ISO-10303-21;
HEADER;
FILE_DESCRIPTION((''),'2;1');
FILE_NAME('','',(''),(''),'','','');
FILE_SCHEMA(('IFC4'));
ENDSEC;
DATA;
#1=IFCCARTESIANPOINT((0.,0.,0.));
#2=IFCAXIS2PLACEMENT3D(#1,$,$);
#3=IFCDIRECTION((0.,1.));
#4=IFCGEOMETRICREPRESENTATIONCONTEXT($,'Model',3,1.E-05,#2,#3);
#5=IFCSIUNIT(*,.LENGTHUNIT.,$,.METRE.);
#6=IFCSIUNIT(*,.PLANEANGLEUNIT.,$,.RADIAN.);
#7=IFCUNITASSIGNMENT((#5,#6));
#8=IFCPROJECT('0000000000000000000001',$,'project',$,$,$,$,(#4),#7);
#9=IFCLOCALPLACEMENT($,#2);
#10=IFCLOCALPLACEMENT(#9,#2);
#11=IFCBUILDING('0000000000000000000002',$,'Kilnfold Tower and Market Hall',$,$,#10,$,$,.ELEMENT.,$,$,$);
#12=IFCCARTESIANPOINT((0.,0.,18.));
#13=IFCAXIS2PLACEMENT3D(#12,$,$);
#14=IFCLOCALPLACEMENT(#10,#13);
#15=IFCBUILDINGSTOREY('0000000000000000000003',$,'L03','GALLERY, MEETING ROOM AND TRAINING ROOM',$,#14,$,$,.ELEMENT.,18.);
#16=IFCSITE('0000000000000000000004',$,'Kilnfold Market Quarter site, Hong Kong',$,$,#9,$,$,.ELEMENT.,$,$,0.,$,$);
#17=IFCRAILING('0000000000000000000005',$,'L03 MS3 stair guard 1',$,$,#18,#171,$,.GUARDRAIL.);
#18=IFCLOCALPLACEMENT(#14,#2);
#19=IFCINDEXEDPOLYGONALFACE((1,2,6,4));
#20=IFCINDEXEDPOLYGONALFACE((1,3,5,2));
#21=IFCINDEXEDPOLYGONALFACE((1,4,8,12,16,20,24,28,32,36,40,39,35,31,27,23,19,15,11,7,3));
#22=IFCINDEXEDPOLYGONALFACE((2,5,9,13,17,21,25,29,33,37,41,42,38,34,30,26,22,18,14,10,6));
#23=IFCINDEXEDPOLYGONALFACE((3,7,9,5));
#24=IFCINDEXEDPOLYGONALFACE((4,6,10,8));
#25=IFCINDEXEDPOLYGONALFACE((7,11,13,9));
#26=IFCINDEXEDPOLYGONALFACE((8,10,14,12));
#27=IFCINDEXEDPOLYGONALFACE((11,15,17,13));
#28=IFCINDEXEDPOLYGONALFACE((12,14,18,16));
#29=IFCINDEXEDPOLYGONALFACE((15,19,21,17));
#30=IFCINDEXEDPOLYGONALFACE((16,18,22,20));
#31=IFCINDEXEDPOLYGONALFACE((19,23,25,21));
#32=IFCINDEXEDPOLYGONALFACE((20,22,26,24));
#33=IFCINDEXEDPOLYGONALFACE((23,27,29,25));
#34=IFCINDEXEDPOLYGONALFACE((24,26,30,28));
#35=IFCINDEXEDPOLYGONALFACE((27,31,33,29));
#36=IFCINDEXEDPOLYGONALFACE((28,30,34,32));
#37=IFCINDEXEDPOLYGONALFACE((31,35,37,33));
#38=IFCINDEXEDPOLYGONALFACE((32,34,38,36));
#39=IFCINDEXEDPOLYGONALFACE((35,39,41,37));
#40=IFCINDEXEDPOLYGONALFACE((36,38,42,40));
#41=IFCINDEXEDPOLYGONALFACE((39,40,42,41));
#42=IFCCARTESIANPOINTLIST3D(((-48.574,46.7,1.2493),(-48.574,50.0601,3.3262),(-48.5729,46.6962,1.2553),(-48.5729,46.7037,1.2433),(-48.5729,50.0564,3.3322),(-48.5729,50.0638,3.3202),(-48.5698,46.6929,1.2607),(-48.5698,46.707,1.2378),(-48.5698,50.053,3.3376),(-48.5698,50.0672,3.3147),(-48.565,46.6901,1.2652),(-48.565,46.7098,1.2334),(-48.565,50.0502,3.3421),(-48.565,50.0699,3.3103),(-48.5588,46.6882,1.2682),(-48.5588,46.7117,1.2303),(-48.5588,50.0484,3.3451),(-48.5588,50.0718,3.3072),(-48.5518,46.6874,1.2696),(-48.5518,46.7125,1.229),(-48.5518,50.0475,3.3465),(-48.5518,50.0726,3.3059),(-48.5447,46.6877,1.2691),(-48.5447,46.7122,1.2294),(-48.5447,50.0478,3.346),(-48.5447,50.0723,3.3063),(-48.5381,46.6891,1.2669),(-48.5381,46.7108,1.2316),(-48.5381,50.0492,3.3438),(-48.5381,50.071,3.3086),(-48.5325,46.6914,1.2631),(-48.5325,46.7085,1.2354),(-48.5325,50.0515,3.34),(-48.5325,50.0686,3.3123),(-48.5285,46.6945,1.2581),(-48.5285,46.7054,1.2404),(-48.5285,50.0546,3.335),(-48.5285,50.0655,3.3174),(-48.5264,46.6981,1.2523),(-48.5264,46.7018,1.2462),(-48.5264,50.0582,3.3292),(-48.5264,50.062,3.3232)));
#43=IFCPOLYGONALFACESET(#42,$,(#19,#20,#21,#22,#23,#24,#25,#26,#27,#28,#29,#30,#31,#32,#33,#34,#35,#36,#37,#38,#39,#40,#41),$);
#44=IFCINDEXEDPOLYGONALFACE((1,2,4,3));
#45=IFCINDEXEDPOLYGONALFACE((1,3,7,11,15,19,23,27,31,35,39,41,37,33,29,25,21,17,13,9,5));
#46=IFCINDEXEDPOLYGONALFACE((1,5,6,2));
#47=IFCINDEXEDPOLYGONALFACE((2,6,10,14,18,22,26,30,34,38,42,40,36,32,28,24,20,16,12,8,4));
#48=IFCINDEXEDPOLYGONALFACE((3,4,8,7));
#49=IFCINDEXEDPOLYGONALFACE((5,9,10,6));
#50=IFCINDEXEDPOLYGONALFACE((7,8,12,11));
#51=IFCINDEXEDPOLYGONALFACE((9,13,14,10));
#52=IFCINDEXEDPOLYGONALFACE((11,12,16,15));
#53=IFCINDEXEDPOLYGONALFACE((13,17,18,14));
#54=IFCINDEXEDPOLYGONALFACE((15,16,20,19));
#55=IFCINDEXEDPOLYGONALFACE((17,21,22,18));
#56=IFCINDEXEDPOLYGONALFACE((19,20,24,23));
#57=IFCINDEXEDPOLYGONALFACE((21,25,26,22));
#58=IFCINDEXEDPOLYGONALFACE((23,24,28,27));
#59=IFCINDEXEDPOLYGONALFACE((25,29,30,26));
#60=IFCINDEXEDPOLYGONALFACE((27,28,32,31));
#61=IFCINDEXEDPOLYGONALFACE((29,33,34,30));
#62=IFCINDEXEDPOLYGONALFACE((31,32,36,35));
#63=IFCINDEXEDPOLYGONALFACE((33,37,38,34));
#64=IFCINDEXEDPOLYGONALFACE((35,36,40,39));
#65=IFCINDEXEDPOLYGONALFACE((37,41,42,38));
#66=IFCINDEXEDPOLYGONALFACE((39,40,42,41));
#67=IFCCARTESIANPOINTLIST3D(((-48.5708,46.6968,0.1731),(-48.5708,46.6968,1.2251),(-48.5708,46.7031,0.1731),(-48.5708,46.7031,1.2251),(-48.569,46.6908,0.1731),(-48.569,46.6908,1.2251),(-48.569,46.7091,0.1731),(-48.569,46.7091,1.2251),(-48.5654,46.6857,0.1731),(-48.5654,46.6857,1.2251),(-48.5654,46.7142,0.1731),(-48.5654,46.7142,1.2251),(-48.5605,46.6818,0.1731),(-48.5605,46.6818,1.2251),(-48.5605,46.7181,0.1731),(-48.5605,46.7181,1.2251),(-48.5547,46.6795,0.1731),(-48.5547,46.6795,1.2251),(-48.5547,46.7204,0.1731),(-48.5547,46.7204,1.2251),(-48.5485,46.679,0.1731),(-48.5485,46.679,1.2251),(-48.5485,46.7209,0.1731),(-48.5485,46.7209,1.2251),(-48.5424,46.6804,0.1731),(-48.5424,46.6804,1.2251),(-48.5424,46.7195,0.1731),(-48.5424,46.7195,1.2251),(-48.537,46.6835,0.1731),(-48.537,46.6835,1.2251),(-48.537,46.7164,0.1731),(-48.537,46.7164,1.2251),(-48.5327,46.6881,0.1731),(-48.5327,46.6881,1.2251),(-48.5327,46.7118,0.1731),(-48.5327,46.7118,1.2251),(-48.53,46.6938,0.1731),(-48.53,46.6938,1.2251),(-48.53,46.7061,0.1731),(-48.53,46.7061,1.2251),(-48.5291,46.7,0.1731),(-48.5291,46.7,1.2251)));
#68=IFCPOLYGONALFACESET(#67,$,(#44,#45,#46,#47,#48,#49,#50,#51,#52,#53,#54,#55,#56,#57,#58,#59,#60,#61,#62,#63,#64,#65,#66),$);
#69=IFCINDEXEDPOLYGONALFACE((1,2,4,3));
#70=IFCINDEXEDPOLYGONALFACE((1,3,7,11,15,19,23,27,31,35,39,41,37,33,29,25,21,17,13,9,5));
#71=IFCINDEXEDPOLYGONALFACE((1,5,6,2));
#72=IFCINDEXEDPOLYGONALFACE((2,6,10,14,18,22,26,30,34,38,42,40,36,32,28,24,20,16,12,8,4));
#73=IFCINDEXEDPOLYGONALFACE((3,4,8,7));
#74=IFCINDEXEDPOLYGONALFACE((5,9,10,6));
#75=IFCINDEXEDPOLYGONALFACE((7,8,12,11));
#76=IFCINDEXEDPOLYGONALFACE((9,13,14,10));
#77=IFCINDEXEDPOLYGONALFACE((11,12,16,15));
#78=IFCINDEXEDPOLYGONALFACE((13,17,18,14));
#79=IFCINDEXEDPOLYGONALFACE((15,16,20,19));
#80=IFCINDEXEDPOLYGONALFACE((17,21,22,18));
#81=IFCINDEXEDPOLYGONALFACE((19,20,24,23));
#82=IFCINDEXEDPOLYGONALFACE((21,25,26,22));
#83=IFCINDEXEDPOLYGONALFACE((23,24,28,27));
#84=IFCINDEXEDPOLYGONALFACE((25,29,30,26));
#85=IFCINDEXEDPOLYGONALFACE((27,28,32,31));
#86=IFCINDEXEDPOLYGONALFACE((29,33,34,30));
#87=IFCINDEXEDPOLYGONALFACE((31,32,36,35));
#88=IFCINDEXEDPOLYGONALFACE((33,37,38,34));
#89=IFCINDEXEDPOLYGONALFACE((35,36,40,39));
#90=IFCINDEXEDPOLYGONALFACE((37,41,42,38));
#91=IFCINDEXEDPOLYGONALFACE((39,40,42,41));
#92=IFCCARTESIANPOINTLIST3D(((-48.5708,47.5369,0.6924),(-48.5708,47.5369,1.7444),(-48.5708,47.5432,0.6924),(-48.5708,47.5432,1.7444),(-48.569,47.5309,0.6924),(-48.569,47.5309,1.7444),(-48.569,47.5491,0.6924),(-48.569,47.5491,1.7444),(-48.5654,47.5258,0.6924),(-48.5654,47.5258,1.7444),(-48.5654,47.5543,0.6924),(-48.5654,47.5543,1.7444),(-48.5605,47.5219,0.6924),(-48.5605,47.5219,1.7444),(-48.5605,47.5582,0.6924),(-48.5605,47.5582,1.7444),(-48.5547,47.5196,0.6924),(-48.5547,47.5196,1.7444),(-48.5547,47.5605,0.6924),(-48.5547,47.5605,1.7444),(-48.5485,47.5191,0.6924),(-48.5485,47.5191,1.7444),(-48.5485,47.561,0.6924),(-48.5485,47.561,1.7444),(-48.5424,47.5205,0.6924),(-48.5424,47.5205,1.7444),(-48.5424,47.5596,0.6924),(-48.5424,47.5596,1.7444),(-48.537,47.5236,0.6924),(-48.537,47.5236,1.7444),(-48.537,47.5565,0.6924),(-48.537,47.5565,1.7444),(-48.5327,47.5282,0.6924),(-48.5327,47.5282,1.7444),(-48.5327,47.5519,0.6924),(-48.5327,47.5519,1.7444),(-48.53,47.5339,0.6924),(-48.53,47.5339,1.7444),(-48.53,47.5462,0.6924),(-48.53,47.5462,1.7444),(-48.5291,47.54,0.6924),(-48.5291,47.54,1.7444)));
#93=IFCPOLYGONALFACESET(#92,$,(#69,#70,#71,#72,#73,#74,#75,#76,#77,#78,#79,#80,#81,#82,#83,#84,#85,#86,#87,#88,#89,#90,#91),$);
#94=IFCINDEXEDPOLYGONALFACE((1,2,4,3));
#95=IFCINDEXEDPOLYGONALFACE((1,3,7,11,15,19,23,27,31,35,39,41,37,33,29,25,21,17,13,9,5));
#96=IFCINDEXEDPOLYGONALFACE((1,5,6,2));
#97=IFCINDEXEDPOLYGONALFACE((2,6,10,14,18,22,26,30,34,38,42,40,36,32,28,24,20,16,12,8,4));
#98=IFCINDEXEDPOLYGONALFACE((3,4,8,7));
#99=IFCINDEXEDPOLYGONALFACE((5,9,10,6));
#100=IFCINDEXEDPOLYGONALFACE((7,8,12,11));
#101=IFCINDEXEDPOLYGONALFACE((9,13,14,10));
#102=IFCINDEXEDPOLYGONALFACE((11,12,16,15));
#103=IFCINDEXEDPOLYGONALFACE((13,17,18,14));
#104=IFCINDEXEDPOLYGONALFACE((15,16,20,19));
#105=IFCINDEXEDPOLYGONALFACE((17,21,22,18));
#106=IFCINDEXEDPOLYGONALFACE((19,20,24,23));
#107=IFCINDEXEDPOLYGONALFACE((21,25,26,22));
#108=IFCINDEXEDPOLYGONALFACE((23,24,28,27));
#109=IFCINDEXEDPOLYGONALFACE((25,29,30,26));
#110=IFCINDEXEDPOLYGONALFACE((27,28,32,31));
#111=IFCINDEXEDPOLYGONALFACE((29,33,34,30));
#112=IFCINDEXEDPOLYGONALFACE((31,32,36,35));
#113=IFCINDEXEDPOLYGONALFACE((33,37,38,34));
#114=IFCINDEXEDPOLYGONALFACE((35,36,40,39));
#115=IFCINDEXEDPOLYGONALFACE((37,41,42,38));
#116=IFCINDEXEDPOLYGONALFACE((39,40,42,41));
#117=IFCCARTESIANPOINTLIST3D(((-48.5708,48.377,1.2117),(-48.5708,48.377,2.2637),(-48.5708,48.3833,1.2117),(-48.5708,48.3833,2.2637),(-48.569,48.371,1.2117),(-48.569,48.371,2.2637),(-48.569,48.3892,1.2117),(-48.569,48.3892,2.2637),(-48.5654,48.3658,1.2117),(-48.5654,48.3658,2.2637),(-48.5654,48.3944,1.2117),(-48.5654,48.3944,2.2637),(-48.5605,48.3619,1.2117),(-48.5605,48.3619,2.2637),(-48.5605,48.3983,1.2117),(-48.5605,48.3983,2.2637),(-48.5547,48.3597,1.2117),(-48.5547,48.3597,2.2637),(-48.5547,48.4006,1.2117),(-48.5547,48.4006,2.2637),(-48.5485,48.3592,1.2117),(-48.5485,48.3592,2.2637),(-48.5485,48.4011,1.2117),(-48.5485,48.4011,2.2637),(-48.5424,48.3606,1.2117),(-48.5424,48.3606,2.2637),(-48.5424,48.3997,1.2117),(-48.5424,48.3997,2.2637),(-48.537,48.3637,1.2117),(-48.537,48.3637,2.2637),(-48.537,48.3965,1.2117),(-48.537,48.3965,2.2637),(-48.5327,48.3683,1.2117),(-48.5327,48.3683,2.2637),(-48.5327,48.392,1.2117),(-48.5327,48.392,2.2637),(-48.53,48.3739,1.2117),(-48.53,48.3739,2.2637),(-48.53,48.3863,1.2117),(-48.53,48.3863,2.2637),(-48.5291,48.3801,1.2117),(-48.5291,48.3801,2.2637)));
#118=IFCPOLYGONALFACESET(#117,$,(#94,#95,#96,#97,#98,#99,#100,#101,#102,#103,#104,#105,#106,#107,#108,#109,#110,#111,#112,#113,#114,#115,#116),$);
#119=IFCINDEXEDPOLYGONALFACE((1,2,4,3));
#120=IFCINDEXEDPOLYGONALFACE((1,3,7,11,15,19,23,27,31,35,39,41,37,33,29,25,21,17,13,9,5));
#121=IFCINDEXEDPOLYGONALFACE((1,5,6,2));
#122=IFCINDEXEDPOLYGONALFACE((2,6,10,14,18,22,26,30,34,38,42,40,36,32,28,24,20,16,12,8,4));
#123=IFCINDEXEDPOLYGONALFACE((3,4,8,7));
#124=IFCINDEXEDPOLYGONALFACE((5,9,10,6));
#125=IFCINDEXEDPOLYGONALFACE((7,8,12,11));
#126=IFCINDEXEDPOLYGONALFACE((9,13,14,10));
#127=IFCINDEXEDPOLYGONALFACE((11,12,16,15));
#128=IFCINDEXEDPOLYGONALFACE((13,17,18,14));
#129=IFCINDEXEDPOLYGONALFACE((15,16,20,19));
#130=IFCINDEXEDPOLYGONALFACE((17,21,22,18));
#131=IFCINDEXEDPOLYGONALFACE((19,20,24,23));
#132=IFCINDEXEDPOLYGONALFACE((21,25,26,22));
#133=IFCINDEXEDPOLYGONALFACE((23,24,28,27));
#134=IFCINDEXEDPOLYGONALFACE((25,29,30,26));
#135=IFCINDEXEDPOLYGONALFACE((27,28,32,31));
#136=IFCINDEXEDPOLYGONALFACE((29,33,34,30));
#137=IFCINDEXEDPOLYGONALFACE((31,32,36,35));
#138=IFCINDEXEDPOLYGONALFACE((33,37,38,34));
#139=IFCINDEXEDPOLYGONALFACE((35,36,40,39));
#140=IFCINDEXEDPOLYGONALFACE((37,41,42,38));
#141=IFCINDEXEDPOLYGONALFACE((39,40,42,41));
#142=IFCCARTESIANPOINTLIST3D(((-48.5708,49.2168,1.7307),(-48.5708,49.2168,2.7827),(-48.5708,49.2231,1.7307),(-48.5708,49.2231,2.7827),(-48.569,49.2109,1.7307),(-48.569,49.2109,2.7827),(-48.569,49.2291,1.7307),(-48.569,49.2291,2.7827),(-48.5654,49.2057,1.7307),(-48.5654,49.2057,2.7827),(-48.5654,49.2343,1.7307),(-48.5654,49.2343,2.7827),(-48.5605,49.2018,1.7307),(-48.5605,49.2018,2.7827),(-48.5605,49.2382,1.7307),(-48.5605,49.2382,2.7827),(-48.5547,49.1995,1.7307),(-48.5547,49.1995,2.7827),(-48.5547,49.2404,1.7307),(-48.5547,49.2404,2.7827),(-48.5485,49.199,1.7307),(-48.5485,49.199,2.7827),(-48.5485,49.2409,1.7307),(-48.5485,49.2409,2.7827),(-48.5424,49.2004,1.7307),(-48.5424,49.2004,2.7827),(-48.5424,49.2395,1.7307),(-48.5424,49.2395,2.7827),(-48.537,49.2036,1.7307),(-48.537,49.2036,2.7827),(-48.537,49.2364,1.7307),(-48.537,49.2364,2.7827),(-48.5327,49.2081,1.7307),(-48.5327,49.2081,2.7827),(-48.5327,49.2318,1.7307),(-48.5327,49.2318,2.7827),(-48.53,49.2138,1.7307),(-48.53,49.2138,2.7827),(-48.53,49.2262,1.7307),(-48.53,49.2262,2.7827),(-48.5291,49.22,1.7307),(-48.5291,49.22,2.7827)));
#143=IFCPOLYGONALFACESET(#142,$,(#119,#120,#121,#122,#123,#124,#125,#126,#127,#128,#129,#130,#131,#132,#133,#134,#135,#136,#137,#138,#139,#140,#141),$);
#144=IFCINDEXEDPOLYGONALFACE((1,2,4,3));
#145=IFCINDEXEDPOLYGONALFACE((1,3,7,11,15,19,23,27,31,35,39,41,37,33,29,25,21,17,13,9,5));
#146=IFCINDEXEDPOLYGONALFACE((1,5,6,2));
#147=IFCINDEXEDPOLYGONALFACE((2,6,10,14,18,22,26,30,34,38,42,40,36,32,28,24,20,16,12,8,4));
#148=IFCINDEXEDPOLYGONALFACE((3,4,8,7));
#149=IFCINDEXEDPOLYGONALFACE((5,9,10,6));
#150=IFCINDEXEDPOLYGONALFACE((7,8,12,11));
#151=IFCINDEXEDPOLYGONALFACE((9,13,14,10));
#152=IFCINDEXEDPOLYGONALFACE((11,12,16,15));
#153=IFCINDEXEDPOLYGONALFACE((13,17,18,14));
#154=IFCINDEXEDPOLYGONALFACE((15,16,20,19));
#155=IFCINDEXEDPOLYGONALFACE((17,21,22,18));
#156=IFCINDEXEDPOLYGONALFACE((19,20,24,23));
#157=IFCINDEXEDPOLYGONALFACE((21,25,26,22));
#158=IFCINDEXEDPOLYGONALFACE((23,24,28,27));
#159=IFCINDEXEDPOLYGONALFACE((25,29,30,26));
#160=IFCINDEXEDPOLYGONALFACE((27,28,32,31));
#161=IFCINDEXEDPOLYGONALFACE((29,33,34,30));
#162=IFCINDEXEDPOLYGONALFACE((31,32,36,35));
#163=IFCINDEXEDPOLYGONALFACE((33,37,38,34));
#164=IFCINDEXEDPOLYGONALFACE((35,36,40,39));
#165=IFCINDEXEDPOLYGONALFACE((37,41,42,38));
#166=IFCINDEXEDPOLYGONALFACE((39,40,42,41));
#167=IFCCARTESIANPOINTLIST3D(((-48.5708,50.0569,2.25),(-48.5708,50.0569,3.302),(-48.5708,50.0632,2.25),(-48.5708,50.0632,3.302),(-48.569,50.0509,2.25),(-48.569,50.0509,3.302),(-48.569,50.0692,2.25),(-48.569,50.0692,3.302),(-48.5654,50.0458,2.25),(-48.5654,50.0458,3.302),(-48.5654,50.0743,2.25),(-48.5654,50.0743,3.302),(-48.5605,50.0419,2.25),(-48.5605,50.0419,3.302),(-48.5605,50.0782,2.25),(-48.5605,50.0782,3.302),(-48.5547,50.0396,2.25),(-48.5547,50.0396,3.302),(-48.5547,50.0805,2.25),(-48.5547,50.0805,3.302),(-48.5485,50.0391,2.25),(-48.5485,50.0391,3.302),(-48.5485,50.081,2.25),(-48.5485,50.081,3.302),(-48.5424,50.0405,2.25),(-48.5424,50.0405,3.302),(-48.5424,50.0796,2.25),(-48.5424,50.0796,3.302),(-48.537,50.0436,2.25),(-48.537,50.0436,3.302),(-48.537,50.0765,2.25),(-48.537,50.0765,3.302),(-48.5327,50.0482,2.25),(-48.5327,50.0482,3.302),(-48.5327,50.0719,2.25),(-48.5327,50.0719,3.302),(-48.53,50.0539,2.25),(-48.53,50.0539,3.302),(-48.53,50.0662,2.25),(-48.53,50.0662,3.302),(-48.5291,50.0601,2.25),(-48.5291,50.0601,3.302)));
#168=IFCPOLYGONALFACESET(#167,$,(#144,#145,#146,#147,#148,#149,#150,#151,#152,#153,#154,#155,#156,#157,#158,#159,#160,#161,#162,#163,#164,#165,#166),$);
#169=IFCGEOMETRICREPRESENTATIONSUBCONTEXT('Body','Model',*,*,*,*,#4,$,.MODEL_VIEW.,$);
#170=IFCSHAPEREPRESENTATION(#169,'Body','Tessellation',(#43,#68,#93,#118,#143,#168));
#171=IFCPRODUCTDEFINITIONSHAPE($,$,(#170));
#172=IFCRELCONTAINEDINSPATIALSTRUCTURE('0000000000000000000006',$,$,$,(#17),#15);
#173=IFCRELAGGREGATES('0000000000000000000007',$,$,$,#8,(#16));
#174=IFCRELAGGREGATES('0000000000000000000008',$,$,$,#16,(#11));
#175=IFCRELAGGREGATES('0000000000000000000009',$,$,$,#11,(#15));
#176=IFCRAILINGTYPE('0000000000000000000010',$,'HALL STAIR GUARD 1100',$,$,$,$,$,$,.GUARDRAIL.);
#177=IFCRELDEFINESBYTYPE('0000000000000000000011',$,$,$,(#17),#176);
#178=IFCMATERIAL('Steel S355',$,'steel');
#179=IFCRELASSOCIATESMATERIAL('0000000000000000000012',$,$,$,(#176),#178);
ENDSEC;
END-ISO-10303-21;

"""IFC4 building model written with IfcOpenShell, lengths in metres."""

from ifc_helpers import new_model, si_unit, direction, frame, origin, origin_2d, place, context, subcontext, project, spatial, circle, extrude, material, type_object, element, save


model = new_model("IFC4")

# Units and contexts
model_context = context("Model", 3, precision=1e-05, world=origin(), true_north=direction((0.0, 1.0)))
body_context = subcontext(model_context, "Body", "Model", "MODEL_VIEW")
ifc_project = project(units=[si_unit("LENGTHUNIT", "METRE"), si_unit("PLANEANGLEUNIT", "RADIAN")], contexts=[model_context])

# Site, building, storey
site_placement = place(None, origin())
site = spatial("IfcSite", under=ifc_project, at=site_placement, Name="Kilnfold Market Quarter site, Hong Kong", CompositionType="ELEMENT", RefElevation=0.0)
building_placement = place(site_placement, origin())
building = spatial("IfcBuilding", under=site, at=building_placement, Name="Kilnfold Tower and Market Hall", CompositionType="ELEMENT")
storey_placement = place(building_placement, frame((0.0, 0.0, 18.0)))
storey = spatial("IfcBuildingStorey", under=building, at=storey_placement, Name="L03", Description="GALLERY, MEETING ROOM AND TRAINING ROOM", CompositionType="ELEMENT", Elevation=18.0)

# Railing
ifc_material_1 = material(Name="Steel S355", Category="steel")
railing_type_1 = type_object("IfcRailingType", Name="HALL STAIR GUARD 1100", PredefinedType="GUARDRAIL", material=ifc_material_1)
railing_1_placement = place(storey_placement, frame((-48.55, 46.7, 0.1731)))
element("IfcRailing", 1, at=railing_1_placement, inside=storey, type_object=railing_type_1, Name="L03 MS3 stair guard 1", PredefinedType="GUARDRAIL", context=body_context, shape_type="SweptSolid", body=[
    extrude(circle(Radius=0.0239, at=origin_2d()), frame((0.0, 0.0, 1.0762), z_axis=(0.0, 0.850623, 0.525776), x_axis=(-1.0, 0.0, 0.0)), (0.0, 0.0, 1.0), 3.9502),
    extrude(circle(Radius=0.021, at=origin_2d()), origin(), (0.0, 0.0, 1.0), 1.052),
    extrude(circle(Radius=0.021, at=origin_2d()), frame((0.0, 0.8401, 0.5193)), (0.0, 0.0, 1.0), 1.052),
    extrude(circle(Radius=0.021, at=origin_2d()), frame((0.0, 1.6802, 1.0386)), (0.0, 0.0, 1.0), 1.052),
    extrude(circle(Radius=0.021, at=origin_2d()), frame((0.0, 2.52, 1.5576)), (0.0, 0.0, 1.0), 1.052),
    extrude(circle(Radius=0.021, at=origin_2d()), frame((0.0, 3.3601, 2.0769)), (0.0, 0.0, 1.0), 1.052),
])

save(model, "model.ifc")
